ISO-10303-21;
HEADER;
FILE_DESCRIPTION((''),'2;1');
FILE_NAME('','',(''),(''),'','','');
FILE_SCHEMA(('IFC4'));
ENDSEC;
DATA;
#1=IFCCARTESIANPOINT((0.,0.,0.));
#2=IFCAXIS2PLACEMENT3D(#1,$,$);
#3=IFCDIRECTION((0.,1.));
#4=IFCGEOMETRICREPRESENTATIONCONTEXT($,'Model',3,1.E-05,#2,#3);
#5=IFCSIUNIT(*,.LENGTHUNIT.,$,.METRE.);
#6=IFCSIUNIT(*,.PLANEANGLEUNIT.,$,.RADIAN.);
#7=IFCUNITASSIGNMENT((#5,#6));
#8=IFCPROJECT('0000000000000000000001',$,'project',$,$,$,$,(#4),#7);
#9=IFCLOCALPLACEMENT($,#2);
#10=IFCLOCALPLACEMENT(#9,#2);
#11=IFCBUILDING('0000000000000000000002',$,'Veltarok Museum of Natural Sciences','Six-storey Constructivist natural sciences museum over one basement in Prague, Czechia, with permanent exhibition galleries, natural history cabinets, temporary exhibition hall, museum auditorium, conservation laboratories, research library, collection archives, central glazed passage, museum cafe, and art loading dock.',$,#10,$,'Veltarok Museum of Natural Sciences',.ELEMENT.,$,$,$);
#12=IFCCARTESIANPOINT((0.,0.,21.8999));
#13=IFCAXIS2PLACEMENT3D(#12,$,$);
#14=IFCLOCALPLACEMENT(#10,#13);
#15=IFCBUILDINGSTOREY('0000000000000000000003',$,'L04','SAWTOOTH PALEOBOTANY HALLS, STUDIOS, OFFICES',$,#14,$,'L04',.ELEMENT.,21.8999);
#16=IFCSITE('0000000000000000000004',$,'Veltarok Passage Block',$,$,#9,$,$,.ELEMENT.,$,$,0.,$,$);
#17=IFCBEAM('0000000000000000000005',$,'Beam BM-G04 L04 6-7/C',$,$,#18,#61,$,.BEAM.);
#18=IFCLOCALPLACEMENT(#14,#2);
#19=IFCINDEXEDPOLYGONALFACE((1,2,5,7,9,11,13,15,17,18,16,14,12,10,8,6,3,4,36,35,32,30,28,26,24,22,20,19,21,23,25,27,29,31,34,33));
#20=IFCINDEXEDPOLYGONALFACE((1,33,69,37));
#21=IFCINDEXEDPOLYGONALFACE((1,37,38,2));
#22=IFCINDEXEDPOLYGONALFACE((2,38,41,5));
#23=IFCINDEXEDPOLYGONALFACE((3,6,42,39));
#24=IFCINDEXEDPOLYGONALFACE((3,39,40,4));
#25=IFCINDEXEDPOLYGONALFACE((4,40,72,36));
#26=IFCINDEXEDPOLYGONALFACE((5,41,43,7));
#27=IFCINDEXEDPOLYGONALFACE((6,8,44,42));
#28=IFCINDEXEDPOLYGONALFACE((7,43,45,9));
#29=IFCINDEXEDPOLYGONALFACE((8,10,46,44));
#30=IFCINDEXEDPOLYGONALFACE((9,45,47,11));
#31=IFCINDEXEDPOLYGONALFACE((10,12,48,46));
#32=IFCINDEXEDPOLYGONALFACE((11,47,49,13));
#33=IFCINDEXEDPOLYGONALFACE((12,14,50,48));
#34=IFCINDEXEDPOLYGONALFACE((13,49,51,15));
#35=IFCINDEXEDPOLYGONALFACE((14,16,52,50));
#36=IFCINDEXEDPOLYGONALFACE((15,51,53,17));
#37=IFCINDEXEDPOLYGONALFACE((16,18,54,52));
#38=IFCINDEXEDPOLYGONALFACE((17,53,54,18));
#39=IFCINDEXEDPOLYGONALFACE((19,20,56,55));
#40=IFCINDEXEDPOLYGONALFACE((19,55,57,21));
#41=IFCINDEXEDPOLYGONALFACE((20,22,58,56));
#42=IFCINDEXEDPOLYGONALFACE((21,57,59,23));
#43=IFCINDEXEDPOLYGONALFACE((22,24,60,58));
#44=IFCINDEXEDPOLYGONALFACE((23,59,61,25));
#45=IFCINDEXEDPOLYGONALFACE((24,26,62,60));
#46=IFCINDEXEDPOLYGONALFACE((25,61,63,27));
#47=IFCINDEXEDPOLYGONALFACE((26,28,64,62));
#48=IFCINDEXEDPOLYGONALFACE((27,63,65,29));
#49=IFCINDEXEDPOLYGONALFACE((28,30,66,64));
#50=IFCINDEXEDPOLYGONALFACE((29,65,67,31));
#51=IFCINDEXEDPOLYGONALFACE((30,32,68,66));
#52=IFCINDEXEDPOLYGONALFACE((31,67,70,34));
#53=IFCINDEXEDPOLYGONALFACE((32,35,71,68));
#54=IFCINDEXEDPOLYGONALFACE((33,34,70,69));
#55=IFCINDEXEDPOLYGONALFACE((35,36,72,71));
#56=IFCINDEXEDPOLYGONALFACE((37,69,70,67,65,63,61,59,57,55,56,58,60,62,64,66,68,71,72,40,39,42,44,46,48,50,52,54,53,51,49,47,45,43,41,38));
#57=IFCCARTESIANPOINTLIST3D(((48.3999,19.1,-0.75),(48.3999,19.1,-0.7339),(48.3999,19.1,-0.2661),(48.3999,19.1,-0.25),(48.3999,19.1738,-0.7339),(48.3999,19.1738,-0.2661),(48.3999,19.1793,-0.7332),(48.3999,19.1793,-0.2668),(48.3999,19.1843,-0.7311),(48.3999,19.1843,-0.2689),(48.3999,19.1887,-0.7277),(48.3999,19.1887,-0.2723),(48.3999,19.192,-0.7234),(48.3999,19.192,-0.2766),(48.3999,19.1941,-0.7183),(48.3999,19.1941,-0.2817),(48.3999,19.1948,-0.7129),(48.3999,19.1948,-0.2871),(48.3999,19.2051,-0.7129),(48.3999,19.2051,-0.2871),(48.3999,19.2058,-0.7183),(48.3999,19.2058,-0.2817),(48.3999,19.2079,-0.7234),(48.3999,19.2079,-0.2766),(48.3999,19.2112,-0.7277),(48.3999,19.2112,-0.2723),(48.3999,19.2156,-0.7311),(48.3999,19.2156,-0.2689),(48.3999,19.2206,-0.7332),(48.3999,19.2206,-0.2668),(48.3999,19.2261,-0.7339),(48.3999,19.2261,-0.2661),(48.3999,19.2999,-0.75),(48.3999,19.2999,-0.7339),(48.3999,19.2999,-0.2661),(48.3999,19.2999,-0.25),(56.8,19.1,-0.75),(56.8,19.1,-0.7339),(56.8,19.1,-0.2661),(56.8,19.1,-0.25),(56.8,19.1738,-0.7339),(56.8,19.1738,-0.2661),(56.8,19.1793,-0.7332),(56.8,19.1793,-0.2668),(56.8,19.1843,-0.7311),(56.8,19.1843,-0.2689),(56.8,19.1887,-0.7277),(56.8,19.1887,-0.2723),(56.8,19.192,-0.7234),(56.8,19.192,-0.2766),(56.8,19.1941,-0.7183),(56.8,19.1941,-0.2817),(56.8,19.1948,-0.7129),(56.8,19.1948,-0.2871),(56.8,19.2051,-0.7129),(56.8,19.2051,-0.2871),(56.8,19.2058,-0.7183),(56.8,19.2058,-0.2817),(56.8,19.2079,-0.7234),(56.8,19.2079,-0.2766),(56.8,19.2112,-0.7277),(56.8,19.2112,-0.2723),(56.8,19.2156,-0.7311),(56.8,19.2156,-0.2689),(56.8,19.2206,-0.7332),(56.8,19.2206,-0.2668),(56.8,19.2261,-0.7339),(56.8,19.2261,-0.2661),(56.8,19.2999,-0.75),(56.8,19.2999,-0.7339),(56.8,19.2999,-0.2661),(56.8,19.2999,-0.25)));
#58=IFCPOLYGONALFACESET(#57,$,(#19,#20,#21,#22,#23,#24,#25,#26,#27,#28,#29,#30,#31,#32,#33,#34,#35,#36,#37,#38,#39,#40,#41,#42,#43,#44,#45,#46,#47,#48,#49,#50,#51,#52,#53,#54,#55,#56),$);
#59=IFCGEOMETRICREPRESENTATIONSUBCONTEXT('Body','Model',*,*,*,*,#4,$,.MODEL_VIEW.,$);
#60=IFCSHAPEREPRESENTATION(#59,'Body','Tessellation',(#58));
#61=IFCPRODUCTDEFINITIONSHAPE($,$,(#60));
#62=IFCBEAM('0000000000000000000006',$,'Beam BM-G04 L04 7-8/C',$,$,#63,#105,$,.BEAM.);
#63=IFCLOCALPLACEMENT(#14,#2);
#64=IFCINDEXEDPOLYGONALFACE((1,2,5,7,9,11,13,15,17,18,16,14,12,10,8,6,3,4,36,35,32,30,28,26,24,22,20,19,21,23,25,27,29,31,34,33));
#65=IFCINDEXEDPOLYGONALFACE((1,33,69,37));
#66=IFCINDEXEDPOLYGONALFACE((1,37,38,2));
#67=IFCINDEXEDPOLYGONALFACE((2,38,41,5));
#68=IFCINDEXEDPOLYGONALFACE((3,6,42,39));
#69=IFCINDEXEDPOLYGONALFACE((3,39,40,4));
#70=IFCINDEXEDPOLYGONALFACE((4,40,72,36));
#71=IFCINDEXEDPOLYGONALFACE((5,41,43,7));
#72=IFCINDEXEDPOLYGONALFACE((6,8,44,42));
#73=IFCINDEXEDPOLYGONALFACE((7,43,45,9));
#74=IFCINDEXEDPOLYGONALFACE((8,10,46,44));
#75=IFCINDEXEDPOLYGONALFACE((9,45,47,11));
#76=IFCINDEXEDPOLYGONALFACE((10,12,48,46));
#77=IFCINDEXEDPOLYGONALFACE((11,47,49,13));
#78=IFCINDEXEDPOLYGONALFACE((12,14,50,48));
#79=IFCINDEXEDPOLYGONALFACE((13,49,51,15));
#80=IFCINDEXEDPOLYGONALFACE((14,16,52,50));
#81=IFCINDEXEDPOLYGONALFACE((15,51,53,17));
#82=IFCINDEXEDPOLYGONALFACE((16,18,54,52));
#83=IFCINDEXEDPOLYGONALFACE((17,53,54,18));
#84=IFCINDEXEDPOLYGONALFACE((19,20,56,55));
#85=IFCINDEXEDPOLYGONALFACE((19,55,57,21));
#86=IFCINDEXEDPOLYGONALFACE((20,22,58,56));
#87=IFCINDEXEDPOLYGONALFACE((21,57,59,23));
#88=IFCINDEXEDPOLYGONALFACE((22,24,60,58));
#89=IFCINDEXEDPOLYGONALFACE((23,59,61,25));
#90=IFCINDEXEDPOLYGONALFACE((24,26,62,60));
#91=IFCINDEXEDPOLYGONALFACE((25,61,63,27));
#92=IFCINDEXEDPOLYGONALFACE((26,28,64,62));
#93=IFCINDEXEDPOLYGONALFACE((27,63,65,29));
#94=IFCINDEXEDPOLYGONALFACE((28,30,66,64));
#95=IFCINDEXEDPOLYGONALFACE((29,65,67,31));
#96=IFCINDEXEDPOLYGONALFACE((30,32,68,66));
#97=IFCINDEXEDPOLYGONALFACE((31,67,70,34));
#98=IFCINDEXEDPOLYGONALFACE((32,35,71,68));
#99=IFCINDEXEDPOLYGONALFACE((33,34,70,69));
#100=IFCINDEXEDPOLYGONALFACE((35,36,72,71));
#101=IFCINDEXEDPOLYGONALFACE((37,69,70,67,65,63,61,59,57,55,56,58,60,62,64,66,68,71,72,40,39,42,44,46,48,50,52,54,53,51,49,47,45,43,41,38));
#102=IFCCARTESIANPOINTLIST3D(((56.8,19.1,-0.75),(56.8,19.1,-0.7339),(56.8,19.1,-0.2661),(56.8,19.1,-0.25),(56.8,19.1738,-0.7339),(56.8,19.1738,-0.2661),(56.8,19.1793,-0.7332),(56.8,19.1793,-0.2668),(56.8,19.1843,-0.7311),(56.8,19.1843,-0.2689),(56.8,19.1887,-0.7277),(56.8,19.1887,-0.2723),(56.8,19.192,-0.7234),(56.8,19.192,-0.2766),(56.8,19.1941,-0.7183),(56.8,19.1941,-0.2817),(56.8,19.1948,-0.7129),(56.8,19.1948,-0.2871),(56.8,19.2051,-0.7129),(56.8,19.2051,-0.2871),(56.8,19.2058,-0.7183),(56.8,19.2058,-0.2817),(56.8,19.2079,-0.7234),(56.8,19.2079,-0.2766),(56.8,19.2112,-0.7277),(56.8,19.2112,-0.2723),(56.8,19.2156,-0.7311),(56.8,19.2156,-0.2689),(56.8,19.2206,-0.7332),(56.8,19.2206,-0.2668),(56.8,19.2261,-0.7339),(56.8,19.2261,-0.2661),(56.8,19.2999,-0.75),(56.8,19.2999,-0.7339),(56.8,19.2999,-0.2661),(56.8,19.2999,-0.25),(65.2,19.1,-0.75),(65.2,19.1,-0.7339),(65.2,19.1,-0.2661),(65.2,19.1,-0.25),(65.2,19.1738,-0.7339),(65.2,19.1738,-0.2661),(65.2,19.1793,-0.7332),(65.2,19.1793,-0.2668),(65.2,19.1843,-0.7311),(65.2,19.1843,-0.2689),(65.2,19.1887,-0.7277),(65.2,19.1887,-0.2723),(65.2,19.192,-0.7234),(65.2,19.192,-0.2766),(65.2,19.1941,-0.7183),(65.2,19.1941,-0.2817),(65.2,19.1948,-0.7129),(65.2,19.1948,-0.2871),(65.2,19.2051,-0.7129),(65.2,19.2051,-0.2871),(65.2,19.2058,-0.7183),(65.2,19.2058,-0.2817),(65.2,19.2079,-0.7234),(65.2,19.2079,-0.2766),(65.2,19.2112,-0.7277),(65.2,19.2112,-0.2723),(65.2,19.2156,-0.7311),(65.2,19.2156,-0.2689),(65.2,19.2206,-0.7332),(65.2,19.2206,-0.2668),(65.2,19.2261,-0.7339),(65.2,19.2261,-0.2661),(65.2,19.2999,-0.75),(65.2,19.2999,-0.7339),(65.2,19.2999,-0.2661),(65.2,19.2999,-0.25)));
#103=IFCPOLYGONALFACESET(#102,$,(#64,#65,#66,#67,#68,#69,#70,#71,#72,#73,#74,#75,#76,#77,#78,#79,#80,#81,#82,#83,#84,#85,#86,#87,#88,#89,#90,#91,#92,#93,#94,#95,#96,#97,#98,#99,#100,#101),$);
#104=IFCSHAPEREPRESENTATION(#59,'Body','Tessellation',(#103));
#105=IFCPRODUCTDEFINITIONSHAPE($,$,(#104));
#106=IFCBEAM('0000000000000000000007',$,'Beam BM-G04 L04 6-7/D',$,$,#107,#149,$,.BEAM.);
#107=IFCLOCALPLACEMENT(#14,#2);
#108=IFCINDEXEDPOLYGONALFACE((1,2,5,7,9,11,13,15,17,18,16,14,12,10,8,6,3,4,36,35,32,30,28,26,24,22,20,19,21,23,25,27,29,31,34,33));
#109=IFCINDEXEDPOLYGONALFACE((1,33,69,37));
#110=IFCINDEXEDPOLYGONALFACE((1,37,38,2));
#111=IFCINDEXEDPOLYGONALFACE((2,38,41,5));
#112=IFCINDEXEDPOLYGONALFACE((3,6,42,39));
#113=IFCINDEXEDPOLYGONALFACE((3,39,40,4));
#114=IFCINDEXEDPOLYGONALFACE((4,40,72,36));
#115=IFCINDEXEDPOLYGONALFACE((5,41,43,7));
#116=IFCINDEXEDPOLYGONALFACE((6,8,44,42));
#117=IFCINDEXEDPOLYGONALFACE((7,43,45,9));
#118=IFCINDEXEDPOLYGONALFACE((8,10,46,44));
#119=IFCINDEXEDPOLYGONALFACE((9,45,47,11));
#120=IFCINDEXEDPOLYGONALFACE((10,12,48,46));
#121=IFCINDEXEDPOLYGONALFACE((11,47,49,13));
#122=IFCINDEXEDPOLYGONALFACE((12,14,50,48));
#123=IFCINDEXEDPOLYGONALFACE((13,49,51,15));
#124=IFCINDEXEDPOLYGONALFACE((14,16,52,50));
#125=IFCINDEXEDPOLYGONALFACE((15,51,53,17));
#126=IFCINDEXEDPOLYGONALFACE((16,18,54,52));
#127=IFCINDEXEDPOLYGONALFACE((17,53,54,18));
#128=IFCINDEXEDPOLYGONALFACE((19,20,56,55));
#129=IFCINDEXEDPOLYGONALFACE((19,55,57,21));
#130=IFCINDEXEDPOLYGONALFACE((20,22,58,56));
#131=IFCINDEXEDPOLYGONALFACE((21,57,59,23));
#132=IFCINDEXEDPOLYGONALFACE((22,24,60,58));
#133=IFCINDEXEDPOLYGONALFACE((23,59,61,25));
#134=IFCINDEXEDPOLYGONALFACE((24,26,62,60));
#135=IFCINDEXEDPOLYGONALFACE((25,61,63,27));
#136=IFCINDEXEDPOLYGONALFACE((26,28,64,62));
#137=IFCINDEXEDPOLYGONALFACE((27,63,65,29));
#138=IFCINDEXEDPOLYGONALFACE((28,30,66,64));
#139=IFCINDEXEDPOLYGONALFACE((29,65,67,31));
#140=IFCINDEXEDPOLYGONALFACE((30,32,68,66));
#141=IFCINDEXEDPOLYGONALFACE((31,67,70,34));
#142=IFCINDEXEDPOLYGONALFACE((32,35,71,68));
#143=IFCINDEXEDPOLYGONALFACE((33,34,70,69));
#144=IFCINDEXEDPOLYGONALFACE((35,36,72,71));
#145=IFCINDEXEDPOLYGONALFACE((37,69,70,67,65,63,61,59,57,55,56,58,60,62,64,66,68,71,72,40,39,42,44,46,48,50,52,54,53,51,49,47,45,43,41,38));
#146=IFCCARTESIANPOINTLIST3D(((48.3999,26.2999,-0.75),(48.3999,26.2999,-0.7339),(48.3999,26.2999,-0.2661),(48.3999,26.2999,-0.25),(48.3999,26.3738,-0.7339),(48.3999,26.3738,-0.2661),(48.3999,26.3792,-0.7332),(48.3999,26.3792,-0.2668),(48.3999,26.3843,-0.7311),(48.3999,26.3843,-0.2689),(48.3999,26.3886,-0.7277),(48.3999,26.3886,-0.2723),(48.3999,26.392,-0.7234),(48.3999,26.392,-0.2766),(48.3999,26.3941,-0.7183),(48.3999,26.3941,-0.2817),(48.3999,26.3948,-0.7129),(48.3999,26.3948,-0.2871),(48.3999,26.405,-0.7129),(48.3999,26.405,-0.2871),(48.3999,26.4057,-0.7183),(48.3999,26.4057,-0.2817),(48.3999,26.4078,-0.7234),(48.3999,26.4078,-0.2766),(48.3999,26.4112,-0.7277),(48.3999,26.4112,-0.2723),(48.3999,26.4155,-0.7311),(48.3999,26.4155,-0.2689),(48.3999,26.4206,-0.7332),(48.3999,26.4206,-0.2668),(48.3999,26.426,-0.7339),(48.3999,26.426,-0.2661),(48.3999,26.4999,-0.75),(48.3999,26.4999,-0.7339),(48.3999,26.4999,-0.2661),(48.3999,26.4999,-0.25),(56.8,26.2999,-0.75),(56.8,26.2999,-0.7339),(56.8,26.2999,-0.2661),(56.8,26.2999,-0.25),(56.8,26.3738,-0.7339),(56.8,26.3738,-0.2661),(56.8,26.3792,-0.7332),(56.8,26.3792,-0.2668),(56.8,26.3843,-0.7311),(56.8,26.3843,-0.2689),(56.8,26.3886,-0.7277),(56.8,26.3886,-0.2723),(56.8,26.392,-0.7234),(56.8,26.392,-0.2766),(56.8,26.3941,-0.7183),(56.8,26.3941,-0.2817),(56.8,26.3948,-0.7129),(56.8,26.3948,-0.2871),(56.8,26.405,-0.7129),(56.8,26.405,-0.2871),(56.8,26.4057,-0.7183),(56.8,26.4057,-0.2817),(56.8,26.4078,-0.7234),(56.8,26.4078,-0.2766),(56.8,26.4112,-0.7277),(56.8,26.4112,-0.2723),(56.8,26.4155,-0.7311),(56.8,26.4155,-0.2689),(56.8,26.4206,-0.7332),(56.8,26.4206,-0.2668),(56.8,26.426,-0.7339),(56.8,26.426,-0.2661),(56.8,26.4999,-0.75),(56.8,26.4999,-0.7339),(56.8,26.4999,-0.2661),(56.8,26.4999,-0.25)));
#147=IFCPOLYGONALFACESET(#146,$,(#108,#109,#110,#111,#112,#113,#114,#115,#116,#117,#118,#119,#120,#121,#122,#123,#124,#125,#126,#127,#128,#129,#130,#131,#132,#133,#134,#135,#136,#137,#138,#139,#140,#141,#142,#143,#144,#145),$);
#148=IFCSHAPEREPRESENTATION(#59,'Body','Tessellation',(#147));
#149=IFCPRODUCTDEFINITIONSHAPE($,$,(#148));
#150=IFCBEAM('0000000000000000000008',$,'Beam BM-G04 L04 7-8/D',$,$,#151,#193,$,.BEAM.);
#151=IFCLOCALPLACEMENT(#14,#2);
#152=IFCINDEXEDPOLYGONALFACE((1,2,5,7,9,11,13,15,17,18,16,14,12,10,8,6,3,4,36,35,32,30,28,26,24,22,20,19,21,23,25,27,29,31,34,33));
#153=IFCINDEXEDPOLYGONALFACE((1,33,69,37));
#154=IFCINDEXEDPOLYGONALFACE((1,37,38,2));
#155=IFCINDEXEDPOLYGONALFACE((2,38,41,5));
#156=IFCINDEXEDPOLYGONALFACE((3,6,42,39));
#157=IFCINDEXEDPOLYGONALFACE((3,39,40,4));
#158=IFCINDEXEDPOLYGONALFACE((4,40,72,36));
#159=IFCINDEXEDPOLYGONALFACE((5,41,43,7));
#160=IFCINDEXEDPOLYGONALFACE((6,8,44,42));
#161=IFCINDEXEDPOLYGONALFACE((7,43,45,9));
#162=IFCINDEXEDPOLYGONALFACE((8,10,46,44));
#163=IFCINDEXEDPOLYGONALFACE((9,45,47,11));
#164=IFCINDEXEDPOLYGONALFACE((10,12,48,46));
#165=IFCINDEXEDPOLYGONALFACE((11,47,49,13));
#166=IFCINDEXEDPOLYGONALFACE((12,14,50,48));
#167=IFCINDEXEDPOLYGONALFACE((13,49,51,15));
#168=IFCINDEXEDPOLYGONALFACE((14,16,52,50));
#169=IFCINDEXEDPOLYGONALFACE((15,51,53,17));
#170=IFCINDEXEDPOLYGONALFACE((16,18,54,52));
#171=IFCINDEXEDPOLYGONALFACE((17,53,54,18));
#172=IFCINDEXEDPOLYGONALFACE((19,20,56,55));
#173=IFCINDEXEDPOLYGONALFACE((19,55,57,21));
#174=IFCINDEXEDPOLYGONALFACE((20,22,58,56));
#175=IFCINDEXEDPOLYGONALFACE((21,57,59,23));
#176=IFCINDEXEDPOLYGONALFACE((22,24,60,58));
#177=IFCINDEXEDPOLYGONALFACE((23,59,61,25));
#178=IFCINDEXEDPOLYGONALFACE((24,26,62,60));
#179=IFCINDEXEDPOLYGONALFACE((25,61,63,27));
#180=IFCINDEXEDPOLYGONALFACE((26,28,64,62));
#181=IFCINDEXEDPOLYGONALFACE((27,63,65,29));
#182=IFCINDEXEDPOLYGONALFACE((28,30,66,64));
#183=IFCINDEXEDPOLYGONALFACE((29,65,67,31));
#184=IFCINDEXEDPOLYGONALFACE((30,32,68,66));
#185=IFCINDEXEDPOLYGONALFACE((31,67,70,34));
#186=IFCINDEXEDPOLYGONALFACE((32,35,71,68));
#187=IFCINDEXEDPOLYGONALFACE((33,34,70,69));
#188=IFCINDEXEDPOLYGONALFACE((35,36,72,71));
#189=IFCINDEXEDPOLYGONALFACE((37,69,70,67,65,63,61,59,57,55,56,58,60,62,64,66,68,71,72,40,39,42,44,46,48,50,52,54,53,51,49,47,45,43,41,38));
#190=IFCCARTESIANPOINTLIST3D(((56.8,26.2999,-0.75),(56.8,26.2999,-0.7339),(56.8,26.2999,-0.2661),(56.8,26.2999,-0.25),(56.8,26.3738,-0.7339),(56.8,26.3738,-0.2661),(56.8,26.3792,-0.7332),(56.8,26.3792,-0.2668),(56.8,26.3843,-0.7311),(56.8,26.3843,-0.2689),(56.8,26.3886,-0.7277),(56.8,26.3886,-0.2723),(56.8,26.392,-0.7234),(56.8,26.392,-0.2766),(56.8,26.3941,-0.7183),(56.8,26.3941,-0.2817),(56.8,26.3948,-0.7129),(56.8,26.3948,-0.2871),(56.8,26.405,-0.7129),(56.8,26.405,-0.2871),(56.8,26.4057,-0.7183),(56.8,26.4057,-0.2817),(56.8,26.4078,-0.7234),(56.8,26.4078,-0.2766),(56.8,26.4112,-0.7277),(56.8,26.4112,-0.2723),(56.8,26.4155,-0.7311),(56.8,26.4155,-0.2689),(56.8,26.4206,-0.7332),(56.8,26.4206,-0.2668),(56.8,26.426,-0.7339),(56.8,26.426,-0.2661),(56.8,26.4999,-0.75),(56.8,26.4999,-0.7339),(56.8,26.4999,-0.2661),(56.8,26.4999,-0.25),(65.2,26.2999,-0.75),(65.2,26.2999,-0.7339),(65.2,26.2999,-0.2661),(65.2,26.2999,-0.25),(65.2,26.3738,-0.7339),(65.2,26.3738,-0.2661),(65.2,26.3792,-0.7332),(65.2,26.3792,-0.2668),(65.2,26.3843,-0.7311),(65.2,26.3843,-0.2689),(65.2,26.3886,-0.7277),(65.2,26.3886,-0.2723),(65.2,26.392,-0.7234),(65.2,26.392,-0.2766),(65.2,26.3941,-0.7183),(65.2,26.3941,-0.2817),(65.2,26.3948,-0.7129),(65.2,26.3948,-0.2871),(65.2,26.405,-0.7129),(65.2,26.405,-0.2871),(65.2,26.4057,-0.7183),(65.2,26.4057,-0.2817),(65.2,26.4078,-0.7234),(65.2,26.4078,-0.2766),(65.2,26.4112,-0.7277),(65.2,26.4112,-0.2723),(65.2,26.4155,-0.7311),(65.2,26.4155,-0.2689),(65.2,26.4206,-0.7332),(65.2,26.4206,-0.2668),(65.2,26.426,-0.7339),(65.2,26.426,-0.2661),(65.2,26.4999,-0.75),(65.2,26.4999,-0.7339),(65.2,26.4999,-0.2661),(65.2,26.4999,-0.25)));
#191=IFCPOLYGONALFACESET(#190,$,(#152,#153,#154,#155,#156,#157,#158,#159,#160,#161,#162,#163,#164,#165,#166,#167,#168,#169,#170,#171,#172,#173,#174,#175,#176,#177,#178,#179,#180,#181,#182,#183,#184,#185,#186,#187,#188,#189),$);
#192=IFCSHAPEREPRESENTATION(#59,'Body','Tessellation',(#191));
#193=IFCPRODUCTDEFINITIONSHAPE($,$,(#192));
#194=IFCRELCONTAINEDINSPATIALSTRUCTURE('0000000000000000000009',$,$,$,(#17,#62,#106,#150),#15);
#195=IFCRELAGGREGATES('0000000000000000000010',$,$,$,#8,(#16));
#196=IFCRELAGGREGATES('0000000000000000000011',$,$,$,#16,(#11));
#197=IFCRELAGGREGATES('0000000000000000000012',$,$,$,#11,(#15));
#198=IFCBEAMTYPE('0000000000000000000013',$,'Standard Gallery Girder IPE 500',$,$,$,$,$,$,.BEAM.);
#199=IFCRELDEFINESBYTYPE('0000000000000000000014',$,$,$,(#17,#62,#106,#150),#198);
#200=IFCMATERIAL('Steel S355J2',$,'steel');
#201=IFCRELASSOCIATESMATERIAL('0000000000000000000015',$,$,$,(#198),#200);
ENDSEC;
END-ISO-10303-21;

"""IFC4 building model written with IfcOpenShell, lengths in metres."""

from ifc_helpers import new_model, si_unit, direction, frame, origin, origin_2d, place, context, subcontext, project, spatial, i_section, extrude, material, material_profile, profile_set, type_object, element, save


model = new_model("IFC4")

# Units and contexts
model_context = context("Model", 3, precision=1e-05, world=origin(), true_north=direction((0.0, 1.0)))
body_context = subcontext(model_context, "Body", "Model", "MODEL_VIEW")
ifc_project = project(units=[si_unit("LENGTHUNIT", "METRE"), si_unit("PLANEANGLEUNIT", "RADIAN")], contexts=[model_context])

# Site, building, storey
site_placement = place(None, origin())
site = spatial("IfcSite", under=ifc_project, at=site_placement, Name="Veltarok Passage Block", CompositionType="ELEMENT", RefElevation=0.0)
building_placement = place(site_placement, origin())
building = spatial("IfcBuilding", under=site, at=building_placement, Name="Veltarok Museum of Natural Sciences", Description="Six-storey Constructivist natural sciences museum over one basement in Prague, Czechia, with permanent exhibition galleries, natural history cabinets, temporary exhibition hall, museum auditorium, conservation laboratories, research library, collection archives, central glazed passage, museum cafe, and art loading dock.", LongName="Veltarok Museum of Natural Sciences", CompositionType="ELEMENT")
storey_placement = place(building_placement, frame((0.0, 0.0, 21.8999)))
storey = spatial("IfcBuildingStorey", under=building, at=storey_placement, Name="L04", Description="SAWTOOTH PALEOBOTANY HALLS, STUDIOS, OFFICES", LongName="L04", CompositionType="ELEMENT", Elevation=21.8999)

# Shared definitions
ifc_material_1 = material(Name="Steel S355J2", Category="steel")

# Beams
ifc_material_profile_1 = material_profile(ifc_material_1, i_section(OverallWidth=0.2, OverallDepth=0.5, WebThickness=0.0103, FlangeThickness=0.0161, FilletRadius=0.021, at=origin_2d()), Name="IPE 500")
ifc_profile_set_1 = profile_set([ifc_material_profile_1], Name="Steel S355J2")
beam_type_1 = type_object("IfcBeamType", Name="Standard Gallery Girder IPE 500", PredefinedType="BEAM", material=ifc_profile_set_1)
beam_1_placement = place(storey_placement, frame((48.3999, 19.2, -0.5), z_axis=(1.0, 0.0, 0.0), x_axis=(0.0, 1.0, 0.0)))
element("IfcBeam", 1, at=beam_1_placement, inside=storey, type_object=beam_type_1, Name="Beam BM-G04 L04 6-7/C", PredefinedType="BEAM", context=body_context, shape_type="SweptSolid", body=[
    extrude(i_section(OverallWidth=0.2, OverallDepth=0.5, WebThickness=0.0103, FlangeThickness=0.0161, FilletRadius=0.021, at=origin_2d()), origin(), (0.0, 0.0, 1.0), 8.4001),
])
beam_2_placement = place(storey_placement, frame((56.8, 19.2, -0.5), z_axis=(1.0, 0.0, 0.0), x_axis=(0.0, 1.0, 0.0)))
element("IfcBeam", 2, at=beam_2_placement, inside=storey, type_object=beam_type_1, Name="Beam BM-G04 L04 7-8/C", PredefinedType="BEAM", context=body_context, shape_type="SweptSolid", body=[
    extrude(i_section(OverallWidth=0.2, OverallDepth=0.5, WebThickness=0.0103, FlangeThickness=0.0161, FilletRadius=0.021, at=origin_2d()), origin(), (0.0, 0.0, 1.0), 8.3999),
])
beam_3_placement = place(storey_placement, frame((48.3999, 26.3999, -0.5), z_axis=(1.0, 0.0, 0.0), x_axis=(0.0, 1.0, 0.0)))
element("IfcBeam", 3, at=beam_3_placement, inside=storey, type_object=beam_type_1, Name="Beam BM-G04 L04 6-7/D", PredefinedType="BEAM", context=body_context, shape_type="SweptSolid", body=[
    extrude(i_section(OverallWidth=0.2, OverallDepth=0.5, WebThickness=0.0103, FlangeThickness=0.0161, FilletRadius=0.021, at=origin_2d()), origin(), (0.0, 0.0, 1.0), 8.4001),
])
beam_4_placement = place(storey_placement, frame((56.8, 26.3999, -0.5), z_axis=(1.0, 0.0, 0.0), x_axis=(0.0, 1.0, 0.0)))
element("IfcBeam", 4, at=beam_4_placement, inside=storey, type_object=beam_type_1, Name="Beam BM-G04 L04 7-8/D", PredefinedType="BEAM", context=body_context, shape_type="SweptSolid", body=[
    extrude(i_section(OverallWidth=0.2, OverallDepth=0.5, WebThickness=0.0103, FlangeThickness=0.0161, FilletRadius=0.021, at=origin_2d()), origin(), (0.0, 0.0, 1.0), 8.3999),
])

save(model, "model.ifc")
